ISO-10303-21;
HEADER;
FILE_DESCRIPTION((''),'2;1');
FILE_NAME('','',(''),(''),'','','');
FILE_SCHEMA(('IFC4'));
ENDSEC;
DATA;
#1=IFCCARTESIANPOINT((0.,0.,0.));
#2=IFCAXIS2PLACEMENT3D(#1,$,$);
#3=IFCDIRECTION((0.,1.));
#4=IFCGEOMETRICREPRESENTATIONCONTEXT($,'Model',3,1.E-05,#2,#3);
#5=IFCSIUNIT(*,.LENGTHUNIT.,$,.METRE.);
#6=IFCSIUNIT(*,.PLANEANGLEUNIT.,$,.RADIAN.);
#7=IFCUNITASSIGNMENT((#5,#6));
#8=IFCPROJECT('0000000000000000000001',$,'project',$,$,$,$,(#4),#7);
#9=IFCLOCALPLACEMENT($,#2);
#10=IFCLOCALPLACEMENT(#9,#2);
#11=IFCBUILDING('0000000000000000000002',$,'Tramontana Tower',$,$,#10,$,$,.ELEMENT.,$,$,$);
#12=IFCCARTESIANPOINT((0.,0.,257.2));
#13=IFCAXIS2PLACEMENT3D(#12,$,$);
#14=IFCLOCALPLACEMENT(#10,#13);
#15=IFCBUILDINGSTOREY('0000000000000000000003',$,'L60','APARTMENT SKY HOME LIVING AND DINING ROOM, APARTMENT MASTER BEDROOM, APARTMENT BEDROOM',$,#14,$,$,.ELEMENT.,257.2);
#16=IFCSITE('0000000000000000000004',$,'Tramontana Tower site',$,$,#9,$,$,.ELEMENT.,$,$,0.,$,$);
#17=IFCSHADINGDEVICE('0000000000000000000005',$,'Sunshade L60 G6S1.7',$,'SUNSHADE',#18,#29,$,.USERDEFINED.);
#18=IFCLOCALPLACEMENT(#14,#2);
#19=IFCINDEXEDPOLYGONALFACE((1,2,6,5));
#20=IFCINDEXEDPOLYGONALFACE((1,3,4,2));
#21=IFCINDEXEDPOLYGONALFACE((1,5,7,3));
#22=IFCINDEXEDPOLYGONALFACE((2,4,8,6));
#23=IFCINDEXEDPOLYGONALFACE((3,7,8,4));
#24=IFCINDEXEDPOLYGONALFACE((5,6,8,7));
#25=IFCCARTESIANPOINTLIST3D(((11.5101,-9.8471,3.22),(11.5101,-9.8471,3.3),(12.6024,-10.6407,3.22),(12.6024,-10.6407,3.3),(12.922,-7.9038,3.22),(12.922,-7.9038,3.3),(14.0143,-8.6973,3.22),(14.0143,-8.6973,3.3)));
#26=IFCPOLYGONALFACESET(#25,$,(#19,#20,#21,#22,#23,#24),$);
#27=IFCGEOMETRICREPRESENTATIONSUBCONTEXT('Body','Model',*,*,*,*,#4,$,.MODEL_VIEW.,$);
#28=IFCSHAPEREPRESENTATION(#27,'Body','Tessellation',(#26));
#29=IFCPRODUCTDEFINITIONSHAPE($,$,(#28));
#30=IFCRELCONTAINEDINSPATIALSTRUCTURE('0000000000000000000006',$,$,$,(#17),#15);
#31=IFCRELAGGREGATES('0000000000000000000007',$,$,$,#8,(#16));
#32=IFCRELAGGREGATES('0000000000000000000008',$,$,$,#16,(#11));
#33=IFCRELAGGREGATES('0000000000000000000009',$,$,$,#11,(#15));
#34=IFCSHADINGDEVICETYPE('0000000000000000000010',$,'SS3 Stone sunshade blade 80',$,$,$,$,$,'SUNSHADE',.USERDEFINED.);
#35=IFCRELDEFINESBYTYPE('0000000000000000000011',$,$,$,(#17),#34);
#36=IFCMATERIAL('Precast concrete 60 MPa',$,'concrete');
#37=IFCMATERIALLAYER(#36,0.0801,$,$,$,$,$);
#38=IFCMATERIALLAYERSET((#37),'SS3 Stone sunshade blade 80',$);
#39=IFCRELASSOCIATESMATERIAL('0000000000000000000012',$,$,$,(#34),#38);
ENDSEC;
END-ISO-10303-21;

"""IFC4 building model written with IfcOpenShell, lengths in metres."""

from ifc_helpers import new_model, si_unit, direction, frame, origin, origin_2d, place, context, subcontext, project, spatial, rectangle, extrude, material, layer, layer_set, type_object, element, save


model = new_model("IFC4")

# Units and contexts
model_context = context("Model", 3, precision=1e-05, world=origin(), true_north=direction((0.0, 1.0)))
body_context = subcontext(model_context, "Body", "Model", "MODEL_VIEW")
ifc_project = project(units=[si_unit("LENGTHUNIT", "METRE"), si_unit("PLANEANGLEUNIT", "RADIAN")], contexts=[model_context])

# Site, building, storey
site_placement = place(None, origin())
site = spatial("IfcSite", under=ifc_project, at=site_placement, Name="Tramontana Tower site", CompositionType="ELEMENT", RefElevation=0.0)
building_placement = place(site_placement, origin())
building = spatial("IfcBuilding", under=site, at=building_placement, Name="Tramontana Tower", CompositionType="ELEMENT")
storey_placement = place(building_placement, frame((0.0, 0.0, 257.2)))
storey = spatial("IfcBuildingStorey", under=building, at=storey_placement, Name="L60", Description="APARTMENT SKY HOME LIVING AND DINING ROOM, APARTMENT MASTER BEDROOM, APARTMENT BEDROOM", CompositionType="ELEMENT", Elevation=257.2)

# Shading device
ifc_material_1 = material(Name="Precast concrete 60 MPa", Category="concrete")
ifc_layer_1 = layer(ifc_material_1, 0.0801)
ifc_layer_set_1 = layer_set([ifc_layer_1], Name="SS3 Stone sunshade blade 80")
shading_device_type = type_object("IfcShadingDeviceType", Name="SS3 Stone sunshade blade 80", ElementType="SUNSHADE", PredefinedType="USERDEFINED", material=ifc_layer_set_1)
shading_device_placement = place(storey_placement, frame((12.7622, -9.2722, 3.22), z_axis=(0.0, 0.0, 1.0), x_axis=(0.587785, 0.809017, 0.0)))
element("IfcShadingDevice", 1, at=shading_device_placement, inside=storey, type_object=shading_device_type, Name="Sunshade L60 G6S1.7", ObjectType="SUNSHADE", PredefinedType="USERDEFINED", context=body_context, shape_type="SweptSolid", body=[
    extrude(rectangle(XDim=2.4021, YDim=1.3501, at=origin_2d()), origin(), (0.0, 0.0, 1.0), 0.0801),
])

save(model, "model.ifc")
